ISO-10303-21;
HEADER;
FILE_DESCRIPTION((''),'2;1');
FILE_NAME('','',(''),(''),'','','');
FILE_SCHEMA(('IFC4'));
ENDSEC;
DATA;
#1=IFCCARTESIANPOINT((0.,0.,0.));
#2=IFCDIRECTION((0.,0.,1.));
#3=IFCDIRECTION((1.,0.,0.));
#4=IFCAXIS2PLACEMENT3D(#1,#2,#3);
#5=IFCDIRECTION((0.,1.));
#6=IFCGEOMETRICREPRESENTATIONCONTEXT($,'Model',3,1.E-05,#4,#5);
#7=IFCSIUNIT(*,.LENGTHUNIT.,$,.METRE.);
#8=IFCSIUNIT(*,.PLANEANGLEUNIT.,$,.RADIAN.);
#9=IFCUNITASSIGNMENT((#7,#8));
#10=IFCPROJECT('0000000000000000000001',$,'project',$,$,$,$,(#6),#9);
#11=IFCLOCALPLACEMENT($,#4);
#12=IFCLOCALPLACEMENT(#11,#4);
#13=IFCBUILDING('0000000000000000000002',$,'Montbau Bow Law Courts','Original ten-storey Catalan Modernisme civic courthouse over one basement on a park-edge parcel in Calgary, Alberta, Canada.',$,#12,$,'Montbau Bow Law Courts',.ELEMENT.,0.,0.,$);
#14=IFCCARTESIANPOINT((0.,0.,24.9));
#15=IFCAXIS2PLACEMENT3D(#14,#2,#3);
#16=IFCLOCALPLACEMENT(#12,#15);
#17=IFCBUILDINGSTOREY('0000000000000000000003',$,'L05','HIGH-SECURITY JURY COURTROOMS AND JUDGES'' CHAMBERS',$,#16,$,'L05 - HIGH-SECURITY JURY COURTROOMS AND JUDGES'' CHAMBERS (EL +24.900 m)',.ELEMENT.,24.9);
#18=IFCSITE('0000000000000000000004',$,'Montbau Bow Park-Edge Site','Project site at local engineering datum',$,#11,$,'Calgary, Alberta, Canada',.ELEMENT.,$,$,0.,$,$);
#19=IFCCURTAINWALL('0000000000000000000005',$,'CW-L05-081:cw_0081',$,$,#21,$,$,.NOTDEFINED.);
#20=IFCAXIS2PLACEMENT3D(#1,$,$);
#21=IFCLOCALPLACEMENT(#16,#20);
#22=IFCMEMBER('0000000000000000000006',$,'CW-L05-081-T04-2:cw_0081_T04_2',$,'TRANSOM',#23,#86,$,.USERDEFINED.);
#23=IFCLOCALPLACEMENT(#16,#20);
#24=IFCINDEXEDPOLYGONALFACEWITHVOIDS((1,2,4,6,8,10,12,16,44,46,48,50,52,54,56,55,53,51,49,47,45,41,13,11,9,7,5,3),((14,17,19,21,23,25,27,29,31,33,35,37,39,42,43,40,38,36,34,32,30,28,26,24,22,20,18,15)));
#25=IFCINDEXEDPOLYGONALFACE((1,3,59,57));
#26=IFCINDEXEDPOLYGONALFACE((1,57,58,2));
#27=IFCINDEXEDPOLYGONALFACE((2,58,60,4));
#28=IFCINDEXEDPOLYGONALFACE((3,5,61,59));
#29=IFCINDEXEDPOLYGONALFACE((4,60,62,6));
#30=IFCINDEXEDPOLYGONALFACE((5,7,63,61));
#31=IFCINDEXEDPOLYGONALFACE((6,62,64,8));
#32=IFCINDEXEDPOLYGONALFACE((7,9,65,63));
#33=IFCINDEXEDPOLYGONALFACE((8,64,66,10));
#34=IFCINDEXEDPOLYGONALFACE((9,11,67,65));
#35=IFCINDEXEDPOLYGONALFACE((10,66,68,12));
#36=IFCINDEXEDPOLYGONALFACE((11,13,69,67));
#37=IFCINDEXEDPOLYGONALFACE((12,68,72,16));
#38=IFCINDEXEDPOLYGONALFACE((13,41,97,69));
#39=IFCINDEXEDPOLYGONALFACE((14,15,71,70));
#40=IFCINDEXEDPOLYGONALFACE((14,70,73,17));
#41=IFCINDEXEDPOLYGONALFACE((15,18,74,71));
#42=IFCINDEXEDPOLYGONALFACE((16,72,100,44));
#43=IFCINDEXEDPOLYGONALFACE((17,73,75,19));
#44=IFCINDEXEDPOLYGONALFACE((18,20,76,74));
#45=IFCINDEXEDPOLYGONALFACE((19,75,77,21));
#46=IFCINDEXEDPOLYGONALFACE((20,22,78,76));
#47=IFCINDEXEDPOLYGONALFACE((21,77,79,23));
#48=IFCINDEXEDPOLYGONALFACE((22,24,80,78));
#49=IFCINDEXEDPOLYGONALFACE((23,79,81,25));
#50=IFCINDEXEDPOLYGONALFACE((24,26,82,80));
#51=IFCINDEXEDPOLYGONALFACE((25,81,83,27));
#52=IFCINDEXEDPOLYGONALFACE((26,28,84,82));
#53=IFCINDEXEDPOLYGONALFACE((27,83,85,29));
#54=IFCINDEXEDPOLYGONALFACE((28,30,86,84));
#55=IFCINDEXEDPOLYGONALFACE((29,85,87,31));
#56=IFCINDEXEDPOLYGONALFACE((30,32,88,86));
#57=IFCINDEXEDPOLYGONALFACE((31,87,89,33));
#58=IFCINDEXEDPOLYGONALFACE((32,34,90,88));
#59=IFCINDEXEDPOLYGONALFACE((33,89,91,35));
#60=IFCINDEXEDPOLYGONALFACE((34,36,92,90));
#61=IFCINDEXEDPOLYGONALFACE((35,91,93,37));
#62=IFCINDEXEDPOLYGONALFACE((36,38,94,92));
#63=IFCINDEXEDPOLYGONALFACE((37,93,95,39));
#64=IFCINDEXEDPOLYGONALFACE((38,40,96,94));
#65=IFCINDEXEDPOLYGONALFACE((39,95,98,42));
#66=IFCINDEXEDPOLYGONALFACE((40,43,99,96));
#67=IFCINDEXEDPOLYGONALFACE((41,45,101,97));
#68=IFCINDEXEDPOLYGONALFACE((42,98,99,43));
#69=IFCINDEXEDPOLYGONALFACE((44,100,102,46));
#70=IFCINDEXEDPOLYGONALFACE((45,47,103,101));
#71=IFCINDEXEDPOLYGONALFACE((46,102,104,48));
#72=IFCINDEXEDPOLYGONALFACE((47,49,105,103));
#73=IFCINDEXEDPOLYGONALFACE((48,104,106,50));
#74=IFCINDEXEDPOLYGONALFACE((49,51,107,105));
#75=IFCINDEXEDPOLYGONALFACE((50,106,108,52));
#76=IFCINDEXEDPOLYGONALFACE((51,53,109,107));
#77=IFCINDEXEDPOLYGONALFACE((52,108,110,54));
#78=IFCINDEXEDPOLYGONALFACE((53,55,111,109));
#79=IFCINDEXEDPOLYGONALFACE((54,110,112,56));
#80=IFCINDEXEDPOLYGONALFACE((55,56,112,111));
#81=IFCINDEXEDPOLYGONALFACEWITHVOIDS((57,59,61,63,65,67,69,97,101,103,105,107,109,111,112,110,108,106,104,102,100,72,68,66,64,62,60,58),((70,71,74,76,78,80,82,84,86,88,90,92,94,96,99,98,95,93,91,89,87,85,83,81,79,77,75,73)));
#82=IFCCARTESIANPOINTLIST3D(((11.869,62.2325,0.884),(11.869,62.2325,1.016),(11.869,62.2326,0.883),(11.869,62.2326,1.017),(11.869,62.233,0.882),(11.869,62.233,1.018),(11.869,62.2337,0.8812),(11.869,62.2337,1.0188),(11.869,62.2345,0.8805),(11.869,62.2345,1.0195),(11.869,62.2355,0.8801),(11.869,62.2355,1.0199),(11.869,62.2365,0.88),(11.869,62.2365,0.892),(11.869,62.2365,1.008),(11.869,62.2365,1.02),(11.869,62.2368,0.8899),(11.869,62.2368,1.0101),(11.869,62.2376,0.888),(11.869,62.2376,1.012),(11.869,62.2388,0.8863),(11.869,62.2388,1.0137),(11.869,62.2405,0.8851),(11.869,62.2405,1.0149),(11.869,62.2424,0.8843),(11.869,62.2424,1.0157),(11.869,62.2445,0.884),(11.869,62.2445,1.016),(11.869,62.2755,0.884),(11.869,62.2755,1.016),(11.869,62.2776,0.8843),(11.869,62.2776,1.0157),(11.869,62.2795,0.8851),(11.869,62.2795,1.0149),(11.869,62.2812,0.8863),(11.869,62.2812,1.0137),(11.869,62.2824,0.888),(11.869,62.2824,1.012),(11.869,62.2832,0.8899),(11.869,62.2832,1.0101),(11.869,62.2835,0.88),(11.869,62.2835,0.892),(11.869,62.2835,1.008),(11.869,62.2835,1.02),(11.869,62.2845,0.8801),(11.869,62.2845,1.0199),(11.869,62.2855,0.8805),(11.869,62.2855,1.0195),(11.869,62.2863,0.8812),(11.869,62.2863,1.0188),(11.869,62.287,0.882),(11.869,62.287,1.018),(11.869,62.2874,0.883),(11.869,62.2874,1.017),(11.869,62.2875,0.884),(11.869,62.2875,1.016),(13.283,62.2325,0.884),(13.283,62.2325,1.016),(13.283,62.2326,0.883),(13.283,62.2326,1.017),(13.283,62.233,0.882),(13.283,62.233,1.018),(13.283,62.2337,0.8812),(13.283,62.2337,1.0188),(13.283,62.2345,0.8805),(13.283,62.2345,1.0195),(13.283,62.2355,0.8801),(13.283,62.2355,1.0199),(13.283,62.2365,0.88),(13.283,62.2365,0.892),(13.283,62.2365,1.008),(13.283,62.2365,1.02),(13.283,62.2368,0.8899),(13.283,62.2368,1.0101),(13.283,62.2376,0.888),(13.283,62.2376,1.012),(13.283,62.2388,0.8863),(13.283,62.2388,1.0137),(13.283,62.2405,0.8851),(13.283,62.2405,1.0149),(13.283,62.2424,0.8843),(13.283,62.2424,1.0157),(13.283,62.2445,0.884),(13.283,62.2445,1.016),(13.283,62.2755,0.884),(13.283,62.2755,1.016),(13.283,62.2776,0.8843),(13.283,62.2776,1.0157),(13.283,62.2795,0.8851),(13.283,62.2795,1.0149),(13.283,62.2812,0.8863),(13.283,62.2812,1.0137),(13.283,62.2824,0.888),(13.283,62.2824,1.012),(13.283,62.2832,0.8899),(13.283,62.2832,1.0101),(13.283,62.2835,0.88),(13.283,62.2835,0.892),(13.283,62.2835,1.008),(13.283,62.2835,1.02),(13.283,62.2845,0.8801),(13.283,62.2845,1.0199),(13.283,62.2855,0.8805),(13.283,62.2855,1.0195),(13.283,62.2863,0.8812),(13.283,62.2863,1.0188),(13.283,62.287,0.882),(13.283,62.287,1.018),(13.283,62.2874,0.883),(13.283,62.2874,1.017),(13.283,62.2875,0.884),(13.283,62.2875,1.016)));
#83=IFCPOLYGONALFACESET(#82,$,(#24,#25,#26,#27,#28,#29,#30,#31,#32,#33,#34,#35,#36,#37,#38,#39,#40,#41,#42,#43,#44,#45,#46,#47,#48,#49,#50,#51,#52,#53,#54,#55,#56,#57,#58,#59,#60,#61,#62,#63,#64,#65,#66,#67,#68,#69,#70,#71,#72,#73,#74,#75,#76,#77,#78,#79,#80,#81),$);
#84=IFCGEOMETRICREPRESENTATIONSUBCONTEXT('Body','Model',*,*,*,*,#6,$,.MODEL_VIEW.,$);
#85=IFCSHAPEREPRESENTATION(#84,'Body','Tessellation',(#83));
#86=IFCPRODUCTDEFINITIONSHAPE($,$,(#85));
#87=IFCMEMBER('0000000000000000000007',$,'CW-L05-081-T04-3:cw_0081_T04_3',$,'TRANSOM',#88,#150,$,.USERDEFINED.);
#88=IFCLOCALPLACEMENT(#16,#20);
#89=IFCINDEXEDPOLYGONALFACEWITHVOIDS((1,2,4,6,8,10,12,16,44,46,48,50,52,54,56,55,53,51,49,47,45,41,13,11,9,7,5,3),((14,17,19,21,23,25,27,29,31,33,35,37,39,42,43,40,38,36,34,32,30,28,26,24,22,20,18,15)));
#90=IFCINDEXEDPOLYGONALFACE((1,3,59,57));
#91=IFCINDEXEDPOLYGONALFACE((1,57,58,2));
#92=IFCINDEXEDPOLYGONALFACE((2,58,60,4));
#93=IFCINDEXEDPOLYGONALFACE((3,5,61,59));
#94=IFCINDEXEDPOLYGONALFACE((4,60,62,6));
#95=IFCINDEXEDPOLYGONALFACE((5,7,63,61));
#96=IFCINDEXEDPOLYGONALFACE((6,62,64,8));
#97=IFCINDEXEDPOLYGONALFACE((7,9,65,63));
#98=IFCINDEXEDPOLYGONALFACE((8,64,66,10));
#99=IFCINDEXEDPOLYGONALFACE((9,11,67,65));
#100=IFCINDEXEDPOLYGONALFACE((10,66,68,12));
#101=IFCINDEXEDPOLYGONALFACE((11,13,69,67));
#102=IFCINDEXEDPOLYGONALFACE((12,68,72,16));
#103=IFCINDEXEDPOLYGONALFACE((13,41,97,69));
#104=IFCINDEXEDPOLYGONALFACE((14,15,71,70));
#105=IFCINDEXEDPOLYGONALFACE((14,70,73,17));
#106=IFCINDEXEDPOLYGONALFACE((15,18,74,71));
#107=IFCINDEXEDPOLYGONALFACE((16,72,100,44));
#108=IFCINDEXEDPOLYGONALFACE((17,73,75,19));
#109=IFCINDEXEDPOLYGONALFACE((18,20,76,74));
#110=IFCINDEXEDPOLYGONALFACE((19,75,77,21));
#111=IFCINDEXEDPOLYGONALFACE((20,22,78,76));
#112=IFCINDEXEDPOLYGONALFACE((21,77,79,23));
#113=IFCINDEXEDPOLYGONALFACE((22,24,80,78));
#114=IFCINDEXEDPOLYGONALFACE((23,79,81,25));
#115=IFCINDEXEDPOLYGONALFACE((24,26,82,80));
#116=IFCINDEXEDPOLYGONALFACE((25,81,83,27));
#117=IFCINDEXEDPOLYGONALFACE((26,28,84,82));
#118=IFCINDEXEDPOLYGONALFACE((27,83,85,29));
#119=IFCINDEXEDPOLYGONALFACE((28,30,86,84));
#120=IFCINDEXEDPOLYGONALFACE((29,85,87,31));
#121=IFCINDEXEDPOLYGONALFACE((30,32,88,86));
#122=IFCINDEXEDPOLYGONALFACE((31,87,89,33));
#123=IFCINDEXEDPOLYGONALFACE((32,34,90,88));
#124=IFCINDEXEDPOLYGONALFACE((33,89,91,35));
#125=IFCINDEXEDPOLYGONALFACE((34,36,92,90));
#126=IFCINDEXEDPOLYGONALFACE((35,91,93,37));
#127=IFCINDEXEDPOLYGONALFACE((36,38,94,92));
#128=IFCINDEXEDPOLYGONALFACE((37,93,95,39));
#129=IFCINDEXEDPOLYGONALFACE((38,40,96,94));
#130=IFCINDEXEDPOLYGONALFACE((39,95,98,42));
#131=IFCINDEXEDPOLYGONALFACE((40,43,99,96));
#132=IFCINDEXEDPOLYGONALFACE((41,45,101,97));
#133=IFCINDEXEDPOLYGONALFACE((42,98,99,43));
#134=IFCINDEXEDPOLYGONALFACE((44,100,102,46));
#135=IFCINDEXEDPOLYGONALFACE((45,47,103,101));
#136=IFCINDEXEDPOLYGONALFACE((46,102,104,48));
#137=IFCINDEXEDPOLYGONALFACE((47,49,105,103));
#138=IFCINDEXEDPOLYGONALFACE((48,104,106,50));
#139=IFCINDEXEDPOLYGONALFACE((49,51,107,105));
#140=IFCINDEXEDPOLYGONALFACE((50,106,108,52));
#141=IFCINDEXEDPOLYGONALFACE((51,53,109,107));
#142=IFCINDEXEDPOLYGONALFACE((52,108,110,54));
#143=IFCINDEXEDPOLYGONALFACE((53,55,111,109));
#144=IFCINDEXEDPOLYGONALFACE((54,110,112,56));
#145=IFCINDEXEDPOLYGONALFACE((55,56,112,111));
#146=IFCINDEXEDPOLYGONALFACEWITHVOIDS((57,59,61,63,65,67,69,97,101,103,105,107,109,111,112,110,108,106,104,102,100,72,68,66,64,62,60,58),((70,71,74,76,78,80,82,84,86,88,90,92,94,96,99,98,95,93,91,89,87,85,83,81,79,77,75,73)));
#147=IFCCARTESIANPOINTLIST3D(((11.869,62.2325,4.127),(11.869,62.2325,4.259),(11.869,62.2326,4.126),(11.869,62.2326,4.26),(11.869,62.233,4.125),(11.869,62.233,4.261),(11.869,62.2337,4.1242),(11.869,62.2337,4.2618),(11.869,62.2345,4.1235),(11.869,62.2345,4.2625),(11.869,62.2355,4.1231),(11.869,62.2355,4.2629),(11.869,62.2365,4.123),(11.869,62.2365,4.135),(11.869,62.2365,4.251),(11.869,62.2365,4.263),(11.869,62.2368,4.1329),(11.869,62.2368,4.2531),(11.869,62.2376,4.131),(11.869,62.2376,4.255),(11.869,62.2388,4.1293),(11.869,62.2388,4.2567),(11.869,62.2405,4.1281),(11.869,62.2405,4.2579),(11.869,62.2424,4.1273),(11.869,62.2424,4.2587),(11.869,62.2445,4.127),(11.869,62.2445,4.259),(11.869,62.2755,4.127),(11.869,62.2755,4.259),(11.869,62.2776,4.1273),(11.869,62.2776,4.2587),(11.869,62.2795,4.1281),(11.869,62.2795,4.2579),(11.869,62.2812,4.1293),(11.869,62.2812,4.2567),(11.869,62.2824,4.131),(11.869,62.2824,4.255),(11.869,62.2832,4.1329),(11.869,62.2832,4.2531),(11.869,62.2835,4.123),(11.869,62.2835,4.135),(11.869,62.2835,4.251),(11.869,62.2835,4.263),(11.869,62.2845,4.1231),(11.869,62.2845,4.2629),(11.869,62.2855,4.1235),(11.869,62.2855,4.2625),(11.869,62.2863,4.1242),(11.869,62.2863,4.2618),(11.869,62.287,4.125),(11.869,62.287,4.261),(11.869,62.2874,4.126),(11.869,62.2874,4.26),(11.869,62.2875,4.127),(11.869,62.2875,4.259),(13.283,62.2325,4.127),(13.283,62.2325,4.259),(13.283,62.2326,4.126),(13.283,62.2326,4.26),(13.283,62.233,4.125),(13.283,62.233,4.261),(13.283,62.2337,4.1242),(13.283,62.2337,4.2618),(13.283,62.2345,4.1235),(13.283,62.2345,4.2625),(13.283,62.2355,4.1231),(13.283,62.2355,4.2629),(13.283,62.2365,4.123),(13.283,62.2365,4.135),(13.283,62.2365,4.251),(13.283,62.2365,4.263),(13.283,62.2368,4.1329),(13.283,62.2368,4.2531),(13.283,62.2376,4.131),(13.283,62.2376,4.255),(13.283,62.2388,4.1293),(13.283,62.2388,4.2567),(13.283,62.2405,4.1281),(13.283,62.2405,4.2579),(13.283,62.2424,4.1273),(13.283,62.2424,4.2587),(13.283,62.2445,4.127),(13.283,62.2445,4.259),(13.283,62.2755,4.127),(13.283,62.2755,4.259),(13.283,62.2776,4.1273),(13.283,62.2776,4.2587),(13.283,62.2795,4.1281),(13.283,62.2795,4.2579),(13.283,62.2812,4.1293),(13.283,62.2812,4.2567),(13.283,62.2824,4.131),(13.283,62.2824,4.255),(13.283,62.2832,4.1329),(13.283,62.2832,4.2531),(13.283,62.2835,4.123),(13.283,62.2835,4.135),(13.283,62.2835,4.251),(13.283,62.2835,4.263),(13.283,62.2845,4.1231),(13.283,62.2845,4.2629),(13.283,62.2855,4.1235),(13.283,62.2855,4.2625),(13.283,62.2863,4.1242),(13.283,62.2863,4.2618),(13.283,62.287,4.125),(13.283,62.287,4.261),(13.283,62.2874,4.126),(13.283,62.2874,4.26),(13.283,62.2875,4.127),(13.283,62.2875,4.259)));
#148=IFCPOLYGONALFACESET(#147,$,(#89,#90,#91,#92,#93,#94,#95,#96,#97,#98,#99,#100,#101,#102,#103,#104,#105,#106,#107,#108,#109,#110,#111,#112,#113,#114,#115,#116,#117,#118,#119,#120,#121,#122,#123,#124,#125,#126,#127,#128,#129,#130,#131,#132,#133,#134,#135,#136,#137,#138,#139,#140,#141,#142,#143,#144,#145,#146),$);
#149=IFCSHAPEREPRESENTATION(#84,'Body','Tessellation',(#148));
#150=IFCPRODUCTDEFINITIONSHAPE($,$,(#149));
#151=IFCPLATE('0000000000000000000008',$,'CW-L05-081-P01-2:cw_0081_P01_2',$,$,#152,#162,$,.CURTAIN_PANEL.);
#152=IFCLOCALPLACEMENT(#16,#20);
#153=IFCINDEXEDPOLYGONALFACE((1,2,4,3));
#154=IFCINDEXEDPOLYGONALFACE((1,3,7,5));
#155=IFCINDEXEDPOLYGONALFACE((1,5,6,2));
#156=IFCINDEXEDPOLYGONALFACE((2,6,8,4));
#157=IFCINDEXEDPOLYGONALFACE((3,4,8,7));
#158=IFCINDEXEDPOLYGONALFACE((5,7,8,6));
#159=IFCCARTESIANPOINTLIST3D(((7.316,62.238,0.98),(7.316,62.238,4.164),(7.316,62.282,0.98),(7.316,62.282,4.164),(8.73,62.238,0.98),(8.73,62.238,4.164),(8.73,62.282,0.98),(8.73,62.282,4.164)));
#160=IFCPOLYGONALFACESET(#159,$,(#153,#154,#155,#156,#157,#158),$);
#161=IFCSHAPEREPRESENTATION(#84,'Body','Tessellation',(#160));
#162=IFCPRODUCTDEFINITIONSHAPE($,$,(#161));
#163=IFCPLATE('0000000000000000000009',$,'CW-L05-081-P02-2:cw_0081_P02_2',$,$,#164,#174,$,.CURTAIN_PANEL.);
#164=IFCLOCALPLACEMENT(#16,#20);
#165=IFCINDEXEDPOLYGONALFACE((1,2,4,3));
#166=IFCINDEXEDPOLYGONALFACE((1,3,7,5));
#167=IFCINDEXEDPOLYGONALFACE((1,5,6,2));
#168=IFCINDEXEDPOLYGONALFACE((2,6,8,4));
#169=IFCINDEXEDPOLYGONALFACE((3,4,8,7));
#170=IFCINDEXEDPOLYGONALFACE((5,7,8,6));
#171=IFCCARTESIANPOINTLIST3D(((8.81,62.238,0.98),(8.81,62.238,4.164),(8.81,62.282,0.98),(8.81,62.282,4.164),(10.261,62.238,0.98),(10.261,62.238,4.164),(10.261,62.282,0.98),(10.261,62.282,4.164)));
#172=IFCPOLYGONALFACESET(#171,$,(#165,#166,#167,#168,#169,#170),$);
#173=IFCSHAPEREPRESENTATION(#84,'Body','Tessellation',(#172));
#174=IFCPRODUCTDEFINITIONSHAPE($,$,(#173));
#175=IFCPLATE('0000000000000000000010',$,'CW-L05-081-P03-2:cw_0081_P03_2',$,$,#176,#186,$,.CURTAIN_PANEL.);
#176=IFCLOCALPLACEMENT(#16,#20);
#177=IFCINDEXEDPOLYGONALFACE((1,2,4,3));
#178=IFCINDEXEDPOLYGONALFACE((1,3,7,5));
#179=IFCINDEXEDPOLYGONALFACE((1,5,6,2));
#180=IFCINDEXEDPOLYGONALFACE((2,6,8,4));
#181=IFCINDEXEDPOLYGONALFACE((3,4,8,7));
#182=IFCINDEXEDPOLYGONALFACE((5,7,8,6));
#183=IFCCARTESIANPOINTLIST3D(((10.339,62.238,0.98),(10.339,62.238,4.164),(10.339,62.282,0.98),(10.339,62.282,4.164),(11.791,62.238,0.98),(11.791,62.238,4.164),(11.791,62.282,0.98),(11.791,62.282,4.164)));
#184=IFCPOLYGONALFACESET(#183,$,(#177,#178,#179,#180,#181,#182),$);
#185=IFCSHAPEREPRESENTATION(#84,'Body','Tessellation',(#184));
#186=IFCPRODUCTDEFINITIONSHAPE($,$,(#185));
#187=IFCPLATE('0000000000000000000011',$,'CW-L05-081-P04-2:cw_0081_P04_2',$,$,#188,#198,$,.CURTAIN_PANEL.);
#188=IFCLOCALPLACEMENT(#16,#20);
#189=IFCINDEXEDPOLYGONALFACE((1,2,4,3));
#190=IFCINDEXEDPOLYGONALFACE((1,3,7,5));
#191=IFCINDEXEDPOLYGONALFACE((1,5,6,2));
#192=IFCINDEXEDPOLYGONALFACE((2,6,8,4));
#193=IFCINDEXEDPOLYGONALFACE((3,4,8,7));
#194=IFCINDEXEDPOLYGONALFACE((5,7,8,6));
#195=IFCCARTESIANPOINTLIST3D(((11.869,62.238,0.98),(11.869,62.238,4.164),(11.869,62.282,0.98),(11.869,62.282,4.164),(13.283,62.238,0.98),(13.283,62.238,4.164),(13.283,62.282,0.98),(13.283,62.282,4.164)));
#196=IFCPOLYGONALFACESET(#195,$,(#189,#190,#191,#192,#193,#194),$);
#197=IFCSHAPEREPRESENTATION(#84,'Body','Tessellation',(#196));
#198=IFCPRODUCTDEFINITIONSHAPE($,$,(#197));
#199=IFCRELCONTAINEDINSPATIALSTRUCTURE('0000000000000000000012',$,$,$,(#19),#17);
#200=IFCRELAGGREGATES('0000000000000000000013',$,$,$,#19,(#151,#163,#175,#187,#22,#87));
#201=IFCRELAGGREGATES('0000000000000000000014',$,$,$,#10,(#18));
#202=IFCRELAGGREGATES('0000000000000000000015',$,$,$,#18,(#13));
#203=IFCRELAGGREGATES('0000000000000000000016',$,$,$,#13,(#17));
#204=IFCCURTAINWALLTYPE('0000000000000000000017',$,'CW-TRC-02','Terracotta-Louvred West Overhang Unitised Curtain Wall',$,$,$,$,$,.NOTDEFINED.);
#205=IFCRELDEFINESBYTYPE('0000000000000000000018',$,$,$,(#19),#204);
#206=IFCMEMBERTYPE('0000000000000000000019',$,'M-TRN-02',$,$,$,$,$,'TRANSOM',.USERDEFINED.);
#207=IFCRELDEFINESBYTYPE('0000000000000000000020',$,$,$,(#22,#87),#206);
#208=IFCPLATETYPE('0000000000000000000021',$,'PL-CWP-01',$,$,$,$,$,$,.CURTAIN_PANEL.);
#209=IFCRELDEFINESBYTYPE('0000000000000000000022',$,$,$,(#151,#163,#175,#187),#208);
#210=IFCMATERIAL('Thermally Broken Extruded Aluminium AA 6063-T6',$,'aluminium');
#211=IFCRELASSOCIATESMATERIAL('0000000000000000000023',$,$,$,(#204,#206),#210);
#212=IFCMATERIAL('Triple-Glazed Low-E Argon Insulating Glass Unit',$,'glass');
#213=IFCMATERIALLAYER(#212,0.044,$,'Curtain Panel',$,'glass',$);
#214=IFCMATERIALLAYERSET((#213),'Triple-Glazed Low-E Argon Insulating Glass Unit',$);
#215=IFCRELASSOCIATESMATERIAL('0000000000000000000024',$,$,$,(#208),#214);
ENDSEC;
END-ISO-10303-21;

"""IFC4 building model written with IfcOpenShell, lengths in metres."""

from ifc_helpers import new_model, si_unit, direction, frame, frame_2d, origin_with_axes, origin_2d_with_axis, place, context, subcontext, project, spatial, rectangle, hollow_rectangle, extrude, material, layer, layer_set, material_profile, profile_set, type_object, element, aggregate, save


model = new_model("IFC4")

# Units and contexts
model_context = context("Model", 3, precision=1e-05, world=origin_with_axes(), true_north=direction((0.0, 1.0)))
body_context = subcontext(model_context, "Body", "Model", "MODEL_VIEW")
ifc_project = project(units=[si_unit("LENGTHUNIT", "METRE"), si_unit("PLANEANGLEUNIT", "RADIAN")], contexts=[model_context])

# Site, building, storey
site_placement = place(None, origin_with_axes())
site = spatial("IfcSite", under=ifc_project, at=site_placement, Name="Montbau Bow Park-Edge Site", Description="Project site at local engineering datum", LongName="Calgary, Alberta, Canada", CompositionType="ELEMENT", RefElevation=0.0)
building_placement = place(site_placement, origin_with_axes())
building = spatial("IfcBuilding", under=site, at=building_placement, Name="Montbau Bow Law Courts", Description="Original ten-storey Catalan Modernisme civic courthouse over one basement on a park-edge parcel in Calgary, Alberta, Canada.", LongName="Montbau Bow Law Courts", CompositionType="ELEMENT", ElevationOfRefHeight=0.0, ElevationOfTerrain=0.0)
storey_placement = place(building_placement, frame((0.0, 0.0, 24.9), z_axis=(0.0, 0.0, 1.0), x_axis=(1.0, 0.0, 0.0)))
storey = spatial("IfcBuildingStorey", under=building, at=storey_placement, Name="L05", Description="HIGH-SECURITY JURY COURTROOMS AND JUDGES' CHAMBERS", LongName="L05 - HIGH-SECURITY JURY COURTROOMS AND JUDGES' CHAMBERS (EL +24.900 m)", CompositionType="ELEMENT", Elevation=24.9)

# Curtain wall, members, plates
ifc_material_1 = material(Name="Thermally Broken Extruded Aluminium AA 6063-T6", Category="aluminium")
curtain_wall_type = type_object("IfcCurtainWallType", Name="CW-TRC-02", Description="Terracotta-Louvred West Overhang Unitised Curtain Wall", PredefinedType="NOTDEFINED", material=ifc_material_1)
curtain_wall_placement = place(None, frame((7.24, 62.26, 24.9), z_axis=(0.0, 0.0, 1.0), x_axis=(1.0, 0.0, 0.0)))
curtain_wall = element("IfcCurtainWall", 1, at=curtain_wall_placement, inside=storey, type_object=curtain_wall_type, Name="CW-L05-081:cw_0081", PredefinedType="NOTDEFINED")
ifc_material_profile = material_profile(ifc_material_1, hollow_rectangle(XDim=0.055, YDim=0.14, WallThickness=0.004, InnerFilletRadius=0.008, OuterFilletRadius=0.004, at=origin_2d_with_axis()), Name="CWT-140X55", Category="Main", Priority=0)
ifc_profile_set = profile_set([ifc_material_profile], Name="Thermally Broken Extruded Aluminium AA 6063-T6")
member_type = type_object("IfcMemberType", Name="M-TRN-02", ElementType="TRANSOM", PredefinedType="USERDEFINED", material=ifc_profile_set)
member_1_placement = place(None, frame((11.869, 62.26, 25.85), z_axis=(1.0, 0.0, 0.0), x_axis=(0.0, 1.0, 0.0)))
member_1 = element("IfcMember", 2, at=member_1_placement, type_object=member_type, Name="CW-L05-081-T04-2:cw_0081_T04_2", ObjectType="TRANSOM", PredefinedType="USERDEFINED", context=body_context, shape_type="SweptSolid", body=[
    extrude(hollow_rectangle(XDim=0.055, YDim=0.14, WallThickness=0.004, InnerFilletRadius=0.008, OuterFilletRadius=0.004, at=origin_2d_with_axis()), origin_with_axes(), (0.0, 0.0, 1.0), 1.414),
])
member_2_placement = place(None, frame((11.869, 62.26, 29.093), z_axis=(1.0, 0.0, 0.0), x_axis=(0.0, 1.0, 0.0)))
member_2 = element("IfcMember", 3, at=member_2_placement, type_object=member_type, Name="CW-L05-081-T04-3:cw_0081_T04_3", ObjectType="TRANSOM", PredefinedType="USERDEFINED", context=body_context, shape_type="SweptSolid", body=[
    extrude(hollow_rectangle(XDim=0.055, YDim=0.14, WallThickness=0.004, InnerFilletRadius=0.008, OuterFilletRadius=0.004, at=origin_2d_with_axis()), origin_with_axes(), (0.0, 0.0, 1.0), 1.414),
])
ifc_material_2 = material(Name="Triple-Glazed Low-E Argon Insulating Glass Unit", Category="glass")
ifc_layer_1 = layer(ifc_material_2, 0.044, Name="Curtain Panel", Category="glass")
ifc_layer_set_1 = layer_set([ifc_layer_1], Name="Triple-Glazed Low-E Argon Insulating Glass Unit")
plate_type_1 = type_object("IfcPlateType", Name="PL-CWP-01", PredefinedType="CURTAIN_PANEL", material=ifc_layer_set_1)
plate_1_placement = place(None, frame((7.316, 62.26, 25.88), z_axis=(0.0, -1.0, 0.0), x_axis=(1.0, 0.0, 0.0)))
plate_1 = element("IfcPlate", 4, at=plate_1_placement, type_object=plate_type_1, Name="CW-L05-081-P01-2:cw_0081_P01_2", PredefinedType="CURTAIN_PANEL", context=body_context, shape_type="SweptSolid", body=[
    extrude(rectangle(XDim=1.414, YDim=3.184, at=frame_2d((0.707, 1.592), x_axis=(1.0, 0.0))), frame((0.0, 0.0, -0.022), z_axis=(0.0, 0.0, 1.0), x_axis=(1.0, 0.0, 0.0)), (0.0, 0.0, 1.0), 0.044),
])
plate_2_placement = place(None, frame((8.81, 62.26, 25.88), z_axis=(0.0, -1.0, 0.0), x_axis=(1.0, 0.0, 0.0)))
plate_2 = element("IfcPlate", 5, at=plate_2_placement, type_object=plate_type_1, Name="CW-L05-081-P02-2:cw_0081_P02_2", PredefinedType="CURTAIN_PANEL", context=body_context, shape_type="SweptSolid", body=[
    extrude(rectangle(XDim=1.451, YDim=3.184, at=frame_2d((0.7255, 1.592), x_axis=(1.0, 0.0))), frame((0.0, 0.0, -0.022), z_axis=(0.0, 0.0, 1.0), x_axis=(1.0, 0.0, 0.0)), (0.0, 0.0, 1.0), 0.044),
])
plate_3_placement = place(None, frame((10.339, 62.26, 25.88), z_axis=(0.0, -1.0, 0.0), x_axis=(1.0, 0.0, 0.0)))
plate_3 = element("IfcPlate", 6, at=plate_3_placement, type_object=plate_type_1, Name="CW-L05-081-P03-2:cw_0081_P03_2", PredefinedType="CURTAIN_PANEL", context=body_context, shape_type="SweptSolid", body=[
    extrude(rectangle(XDim=1.452, YDim=3.184, at=frame_2d((0.726, 1.592), x_axis=(1.0, 0.0))), frame((0.0, 0.0, -0.022), z_axis=(0.0, 0.0, 1.0), x_axis=(1.0, 0.0, 0.0)), (0.0, 0.0, 1.0), 0.044),
])
plate_4_placement = place(None, frame((11.869, 62.26, 25.88), z_axis=(0.0, -1.0, 0.0), x_axis=(1.0, 0.0, 0.0)))
plate_4 = element("IfcPlate", 7, at=plate_4_placement, type_object=plate_type_1, Name="CW-L05-081-P04-2:cw_0081_P04_2", PredefinedType="CURTAIN_PANEL", context=body_context, shape_type="SweptSolid", body=[
    extrude(rectangle(XDim=1.414, YDim=3.184, at=frame_2d((0.707, 1.592), x_axis=(1.0, 0.0))), frame((0.0, 0.0, -0.022), z_axis=(0.0, 0.0, 1.0), x_axis=(1.0, 0.0, 0.0)), (0.0, 0.0, 1.0), 0.044),
])
aggregate(curtain_wall, [plate_1, plate_2, plate_3, plate_4, member_1, member_2])

save(model, "model.ifc")
